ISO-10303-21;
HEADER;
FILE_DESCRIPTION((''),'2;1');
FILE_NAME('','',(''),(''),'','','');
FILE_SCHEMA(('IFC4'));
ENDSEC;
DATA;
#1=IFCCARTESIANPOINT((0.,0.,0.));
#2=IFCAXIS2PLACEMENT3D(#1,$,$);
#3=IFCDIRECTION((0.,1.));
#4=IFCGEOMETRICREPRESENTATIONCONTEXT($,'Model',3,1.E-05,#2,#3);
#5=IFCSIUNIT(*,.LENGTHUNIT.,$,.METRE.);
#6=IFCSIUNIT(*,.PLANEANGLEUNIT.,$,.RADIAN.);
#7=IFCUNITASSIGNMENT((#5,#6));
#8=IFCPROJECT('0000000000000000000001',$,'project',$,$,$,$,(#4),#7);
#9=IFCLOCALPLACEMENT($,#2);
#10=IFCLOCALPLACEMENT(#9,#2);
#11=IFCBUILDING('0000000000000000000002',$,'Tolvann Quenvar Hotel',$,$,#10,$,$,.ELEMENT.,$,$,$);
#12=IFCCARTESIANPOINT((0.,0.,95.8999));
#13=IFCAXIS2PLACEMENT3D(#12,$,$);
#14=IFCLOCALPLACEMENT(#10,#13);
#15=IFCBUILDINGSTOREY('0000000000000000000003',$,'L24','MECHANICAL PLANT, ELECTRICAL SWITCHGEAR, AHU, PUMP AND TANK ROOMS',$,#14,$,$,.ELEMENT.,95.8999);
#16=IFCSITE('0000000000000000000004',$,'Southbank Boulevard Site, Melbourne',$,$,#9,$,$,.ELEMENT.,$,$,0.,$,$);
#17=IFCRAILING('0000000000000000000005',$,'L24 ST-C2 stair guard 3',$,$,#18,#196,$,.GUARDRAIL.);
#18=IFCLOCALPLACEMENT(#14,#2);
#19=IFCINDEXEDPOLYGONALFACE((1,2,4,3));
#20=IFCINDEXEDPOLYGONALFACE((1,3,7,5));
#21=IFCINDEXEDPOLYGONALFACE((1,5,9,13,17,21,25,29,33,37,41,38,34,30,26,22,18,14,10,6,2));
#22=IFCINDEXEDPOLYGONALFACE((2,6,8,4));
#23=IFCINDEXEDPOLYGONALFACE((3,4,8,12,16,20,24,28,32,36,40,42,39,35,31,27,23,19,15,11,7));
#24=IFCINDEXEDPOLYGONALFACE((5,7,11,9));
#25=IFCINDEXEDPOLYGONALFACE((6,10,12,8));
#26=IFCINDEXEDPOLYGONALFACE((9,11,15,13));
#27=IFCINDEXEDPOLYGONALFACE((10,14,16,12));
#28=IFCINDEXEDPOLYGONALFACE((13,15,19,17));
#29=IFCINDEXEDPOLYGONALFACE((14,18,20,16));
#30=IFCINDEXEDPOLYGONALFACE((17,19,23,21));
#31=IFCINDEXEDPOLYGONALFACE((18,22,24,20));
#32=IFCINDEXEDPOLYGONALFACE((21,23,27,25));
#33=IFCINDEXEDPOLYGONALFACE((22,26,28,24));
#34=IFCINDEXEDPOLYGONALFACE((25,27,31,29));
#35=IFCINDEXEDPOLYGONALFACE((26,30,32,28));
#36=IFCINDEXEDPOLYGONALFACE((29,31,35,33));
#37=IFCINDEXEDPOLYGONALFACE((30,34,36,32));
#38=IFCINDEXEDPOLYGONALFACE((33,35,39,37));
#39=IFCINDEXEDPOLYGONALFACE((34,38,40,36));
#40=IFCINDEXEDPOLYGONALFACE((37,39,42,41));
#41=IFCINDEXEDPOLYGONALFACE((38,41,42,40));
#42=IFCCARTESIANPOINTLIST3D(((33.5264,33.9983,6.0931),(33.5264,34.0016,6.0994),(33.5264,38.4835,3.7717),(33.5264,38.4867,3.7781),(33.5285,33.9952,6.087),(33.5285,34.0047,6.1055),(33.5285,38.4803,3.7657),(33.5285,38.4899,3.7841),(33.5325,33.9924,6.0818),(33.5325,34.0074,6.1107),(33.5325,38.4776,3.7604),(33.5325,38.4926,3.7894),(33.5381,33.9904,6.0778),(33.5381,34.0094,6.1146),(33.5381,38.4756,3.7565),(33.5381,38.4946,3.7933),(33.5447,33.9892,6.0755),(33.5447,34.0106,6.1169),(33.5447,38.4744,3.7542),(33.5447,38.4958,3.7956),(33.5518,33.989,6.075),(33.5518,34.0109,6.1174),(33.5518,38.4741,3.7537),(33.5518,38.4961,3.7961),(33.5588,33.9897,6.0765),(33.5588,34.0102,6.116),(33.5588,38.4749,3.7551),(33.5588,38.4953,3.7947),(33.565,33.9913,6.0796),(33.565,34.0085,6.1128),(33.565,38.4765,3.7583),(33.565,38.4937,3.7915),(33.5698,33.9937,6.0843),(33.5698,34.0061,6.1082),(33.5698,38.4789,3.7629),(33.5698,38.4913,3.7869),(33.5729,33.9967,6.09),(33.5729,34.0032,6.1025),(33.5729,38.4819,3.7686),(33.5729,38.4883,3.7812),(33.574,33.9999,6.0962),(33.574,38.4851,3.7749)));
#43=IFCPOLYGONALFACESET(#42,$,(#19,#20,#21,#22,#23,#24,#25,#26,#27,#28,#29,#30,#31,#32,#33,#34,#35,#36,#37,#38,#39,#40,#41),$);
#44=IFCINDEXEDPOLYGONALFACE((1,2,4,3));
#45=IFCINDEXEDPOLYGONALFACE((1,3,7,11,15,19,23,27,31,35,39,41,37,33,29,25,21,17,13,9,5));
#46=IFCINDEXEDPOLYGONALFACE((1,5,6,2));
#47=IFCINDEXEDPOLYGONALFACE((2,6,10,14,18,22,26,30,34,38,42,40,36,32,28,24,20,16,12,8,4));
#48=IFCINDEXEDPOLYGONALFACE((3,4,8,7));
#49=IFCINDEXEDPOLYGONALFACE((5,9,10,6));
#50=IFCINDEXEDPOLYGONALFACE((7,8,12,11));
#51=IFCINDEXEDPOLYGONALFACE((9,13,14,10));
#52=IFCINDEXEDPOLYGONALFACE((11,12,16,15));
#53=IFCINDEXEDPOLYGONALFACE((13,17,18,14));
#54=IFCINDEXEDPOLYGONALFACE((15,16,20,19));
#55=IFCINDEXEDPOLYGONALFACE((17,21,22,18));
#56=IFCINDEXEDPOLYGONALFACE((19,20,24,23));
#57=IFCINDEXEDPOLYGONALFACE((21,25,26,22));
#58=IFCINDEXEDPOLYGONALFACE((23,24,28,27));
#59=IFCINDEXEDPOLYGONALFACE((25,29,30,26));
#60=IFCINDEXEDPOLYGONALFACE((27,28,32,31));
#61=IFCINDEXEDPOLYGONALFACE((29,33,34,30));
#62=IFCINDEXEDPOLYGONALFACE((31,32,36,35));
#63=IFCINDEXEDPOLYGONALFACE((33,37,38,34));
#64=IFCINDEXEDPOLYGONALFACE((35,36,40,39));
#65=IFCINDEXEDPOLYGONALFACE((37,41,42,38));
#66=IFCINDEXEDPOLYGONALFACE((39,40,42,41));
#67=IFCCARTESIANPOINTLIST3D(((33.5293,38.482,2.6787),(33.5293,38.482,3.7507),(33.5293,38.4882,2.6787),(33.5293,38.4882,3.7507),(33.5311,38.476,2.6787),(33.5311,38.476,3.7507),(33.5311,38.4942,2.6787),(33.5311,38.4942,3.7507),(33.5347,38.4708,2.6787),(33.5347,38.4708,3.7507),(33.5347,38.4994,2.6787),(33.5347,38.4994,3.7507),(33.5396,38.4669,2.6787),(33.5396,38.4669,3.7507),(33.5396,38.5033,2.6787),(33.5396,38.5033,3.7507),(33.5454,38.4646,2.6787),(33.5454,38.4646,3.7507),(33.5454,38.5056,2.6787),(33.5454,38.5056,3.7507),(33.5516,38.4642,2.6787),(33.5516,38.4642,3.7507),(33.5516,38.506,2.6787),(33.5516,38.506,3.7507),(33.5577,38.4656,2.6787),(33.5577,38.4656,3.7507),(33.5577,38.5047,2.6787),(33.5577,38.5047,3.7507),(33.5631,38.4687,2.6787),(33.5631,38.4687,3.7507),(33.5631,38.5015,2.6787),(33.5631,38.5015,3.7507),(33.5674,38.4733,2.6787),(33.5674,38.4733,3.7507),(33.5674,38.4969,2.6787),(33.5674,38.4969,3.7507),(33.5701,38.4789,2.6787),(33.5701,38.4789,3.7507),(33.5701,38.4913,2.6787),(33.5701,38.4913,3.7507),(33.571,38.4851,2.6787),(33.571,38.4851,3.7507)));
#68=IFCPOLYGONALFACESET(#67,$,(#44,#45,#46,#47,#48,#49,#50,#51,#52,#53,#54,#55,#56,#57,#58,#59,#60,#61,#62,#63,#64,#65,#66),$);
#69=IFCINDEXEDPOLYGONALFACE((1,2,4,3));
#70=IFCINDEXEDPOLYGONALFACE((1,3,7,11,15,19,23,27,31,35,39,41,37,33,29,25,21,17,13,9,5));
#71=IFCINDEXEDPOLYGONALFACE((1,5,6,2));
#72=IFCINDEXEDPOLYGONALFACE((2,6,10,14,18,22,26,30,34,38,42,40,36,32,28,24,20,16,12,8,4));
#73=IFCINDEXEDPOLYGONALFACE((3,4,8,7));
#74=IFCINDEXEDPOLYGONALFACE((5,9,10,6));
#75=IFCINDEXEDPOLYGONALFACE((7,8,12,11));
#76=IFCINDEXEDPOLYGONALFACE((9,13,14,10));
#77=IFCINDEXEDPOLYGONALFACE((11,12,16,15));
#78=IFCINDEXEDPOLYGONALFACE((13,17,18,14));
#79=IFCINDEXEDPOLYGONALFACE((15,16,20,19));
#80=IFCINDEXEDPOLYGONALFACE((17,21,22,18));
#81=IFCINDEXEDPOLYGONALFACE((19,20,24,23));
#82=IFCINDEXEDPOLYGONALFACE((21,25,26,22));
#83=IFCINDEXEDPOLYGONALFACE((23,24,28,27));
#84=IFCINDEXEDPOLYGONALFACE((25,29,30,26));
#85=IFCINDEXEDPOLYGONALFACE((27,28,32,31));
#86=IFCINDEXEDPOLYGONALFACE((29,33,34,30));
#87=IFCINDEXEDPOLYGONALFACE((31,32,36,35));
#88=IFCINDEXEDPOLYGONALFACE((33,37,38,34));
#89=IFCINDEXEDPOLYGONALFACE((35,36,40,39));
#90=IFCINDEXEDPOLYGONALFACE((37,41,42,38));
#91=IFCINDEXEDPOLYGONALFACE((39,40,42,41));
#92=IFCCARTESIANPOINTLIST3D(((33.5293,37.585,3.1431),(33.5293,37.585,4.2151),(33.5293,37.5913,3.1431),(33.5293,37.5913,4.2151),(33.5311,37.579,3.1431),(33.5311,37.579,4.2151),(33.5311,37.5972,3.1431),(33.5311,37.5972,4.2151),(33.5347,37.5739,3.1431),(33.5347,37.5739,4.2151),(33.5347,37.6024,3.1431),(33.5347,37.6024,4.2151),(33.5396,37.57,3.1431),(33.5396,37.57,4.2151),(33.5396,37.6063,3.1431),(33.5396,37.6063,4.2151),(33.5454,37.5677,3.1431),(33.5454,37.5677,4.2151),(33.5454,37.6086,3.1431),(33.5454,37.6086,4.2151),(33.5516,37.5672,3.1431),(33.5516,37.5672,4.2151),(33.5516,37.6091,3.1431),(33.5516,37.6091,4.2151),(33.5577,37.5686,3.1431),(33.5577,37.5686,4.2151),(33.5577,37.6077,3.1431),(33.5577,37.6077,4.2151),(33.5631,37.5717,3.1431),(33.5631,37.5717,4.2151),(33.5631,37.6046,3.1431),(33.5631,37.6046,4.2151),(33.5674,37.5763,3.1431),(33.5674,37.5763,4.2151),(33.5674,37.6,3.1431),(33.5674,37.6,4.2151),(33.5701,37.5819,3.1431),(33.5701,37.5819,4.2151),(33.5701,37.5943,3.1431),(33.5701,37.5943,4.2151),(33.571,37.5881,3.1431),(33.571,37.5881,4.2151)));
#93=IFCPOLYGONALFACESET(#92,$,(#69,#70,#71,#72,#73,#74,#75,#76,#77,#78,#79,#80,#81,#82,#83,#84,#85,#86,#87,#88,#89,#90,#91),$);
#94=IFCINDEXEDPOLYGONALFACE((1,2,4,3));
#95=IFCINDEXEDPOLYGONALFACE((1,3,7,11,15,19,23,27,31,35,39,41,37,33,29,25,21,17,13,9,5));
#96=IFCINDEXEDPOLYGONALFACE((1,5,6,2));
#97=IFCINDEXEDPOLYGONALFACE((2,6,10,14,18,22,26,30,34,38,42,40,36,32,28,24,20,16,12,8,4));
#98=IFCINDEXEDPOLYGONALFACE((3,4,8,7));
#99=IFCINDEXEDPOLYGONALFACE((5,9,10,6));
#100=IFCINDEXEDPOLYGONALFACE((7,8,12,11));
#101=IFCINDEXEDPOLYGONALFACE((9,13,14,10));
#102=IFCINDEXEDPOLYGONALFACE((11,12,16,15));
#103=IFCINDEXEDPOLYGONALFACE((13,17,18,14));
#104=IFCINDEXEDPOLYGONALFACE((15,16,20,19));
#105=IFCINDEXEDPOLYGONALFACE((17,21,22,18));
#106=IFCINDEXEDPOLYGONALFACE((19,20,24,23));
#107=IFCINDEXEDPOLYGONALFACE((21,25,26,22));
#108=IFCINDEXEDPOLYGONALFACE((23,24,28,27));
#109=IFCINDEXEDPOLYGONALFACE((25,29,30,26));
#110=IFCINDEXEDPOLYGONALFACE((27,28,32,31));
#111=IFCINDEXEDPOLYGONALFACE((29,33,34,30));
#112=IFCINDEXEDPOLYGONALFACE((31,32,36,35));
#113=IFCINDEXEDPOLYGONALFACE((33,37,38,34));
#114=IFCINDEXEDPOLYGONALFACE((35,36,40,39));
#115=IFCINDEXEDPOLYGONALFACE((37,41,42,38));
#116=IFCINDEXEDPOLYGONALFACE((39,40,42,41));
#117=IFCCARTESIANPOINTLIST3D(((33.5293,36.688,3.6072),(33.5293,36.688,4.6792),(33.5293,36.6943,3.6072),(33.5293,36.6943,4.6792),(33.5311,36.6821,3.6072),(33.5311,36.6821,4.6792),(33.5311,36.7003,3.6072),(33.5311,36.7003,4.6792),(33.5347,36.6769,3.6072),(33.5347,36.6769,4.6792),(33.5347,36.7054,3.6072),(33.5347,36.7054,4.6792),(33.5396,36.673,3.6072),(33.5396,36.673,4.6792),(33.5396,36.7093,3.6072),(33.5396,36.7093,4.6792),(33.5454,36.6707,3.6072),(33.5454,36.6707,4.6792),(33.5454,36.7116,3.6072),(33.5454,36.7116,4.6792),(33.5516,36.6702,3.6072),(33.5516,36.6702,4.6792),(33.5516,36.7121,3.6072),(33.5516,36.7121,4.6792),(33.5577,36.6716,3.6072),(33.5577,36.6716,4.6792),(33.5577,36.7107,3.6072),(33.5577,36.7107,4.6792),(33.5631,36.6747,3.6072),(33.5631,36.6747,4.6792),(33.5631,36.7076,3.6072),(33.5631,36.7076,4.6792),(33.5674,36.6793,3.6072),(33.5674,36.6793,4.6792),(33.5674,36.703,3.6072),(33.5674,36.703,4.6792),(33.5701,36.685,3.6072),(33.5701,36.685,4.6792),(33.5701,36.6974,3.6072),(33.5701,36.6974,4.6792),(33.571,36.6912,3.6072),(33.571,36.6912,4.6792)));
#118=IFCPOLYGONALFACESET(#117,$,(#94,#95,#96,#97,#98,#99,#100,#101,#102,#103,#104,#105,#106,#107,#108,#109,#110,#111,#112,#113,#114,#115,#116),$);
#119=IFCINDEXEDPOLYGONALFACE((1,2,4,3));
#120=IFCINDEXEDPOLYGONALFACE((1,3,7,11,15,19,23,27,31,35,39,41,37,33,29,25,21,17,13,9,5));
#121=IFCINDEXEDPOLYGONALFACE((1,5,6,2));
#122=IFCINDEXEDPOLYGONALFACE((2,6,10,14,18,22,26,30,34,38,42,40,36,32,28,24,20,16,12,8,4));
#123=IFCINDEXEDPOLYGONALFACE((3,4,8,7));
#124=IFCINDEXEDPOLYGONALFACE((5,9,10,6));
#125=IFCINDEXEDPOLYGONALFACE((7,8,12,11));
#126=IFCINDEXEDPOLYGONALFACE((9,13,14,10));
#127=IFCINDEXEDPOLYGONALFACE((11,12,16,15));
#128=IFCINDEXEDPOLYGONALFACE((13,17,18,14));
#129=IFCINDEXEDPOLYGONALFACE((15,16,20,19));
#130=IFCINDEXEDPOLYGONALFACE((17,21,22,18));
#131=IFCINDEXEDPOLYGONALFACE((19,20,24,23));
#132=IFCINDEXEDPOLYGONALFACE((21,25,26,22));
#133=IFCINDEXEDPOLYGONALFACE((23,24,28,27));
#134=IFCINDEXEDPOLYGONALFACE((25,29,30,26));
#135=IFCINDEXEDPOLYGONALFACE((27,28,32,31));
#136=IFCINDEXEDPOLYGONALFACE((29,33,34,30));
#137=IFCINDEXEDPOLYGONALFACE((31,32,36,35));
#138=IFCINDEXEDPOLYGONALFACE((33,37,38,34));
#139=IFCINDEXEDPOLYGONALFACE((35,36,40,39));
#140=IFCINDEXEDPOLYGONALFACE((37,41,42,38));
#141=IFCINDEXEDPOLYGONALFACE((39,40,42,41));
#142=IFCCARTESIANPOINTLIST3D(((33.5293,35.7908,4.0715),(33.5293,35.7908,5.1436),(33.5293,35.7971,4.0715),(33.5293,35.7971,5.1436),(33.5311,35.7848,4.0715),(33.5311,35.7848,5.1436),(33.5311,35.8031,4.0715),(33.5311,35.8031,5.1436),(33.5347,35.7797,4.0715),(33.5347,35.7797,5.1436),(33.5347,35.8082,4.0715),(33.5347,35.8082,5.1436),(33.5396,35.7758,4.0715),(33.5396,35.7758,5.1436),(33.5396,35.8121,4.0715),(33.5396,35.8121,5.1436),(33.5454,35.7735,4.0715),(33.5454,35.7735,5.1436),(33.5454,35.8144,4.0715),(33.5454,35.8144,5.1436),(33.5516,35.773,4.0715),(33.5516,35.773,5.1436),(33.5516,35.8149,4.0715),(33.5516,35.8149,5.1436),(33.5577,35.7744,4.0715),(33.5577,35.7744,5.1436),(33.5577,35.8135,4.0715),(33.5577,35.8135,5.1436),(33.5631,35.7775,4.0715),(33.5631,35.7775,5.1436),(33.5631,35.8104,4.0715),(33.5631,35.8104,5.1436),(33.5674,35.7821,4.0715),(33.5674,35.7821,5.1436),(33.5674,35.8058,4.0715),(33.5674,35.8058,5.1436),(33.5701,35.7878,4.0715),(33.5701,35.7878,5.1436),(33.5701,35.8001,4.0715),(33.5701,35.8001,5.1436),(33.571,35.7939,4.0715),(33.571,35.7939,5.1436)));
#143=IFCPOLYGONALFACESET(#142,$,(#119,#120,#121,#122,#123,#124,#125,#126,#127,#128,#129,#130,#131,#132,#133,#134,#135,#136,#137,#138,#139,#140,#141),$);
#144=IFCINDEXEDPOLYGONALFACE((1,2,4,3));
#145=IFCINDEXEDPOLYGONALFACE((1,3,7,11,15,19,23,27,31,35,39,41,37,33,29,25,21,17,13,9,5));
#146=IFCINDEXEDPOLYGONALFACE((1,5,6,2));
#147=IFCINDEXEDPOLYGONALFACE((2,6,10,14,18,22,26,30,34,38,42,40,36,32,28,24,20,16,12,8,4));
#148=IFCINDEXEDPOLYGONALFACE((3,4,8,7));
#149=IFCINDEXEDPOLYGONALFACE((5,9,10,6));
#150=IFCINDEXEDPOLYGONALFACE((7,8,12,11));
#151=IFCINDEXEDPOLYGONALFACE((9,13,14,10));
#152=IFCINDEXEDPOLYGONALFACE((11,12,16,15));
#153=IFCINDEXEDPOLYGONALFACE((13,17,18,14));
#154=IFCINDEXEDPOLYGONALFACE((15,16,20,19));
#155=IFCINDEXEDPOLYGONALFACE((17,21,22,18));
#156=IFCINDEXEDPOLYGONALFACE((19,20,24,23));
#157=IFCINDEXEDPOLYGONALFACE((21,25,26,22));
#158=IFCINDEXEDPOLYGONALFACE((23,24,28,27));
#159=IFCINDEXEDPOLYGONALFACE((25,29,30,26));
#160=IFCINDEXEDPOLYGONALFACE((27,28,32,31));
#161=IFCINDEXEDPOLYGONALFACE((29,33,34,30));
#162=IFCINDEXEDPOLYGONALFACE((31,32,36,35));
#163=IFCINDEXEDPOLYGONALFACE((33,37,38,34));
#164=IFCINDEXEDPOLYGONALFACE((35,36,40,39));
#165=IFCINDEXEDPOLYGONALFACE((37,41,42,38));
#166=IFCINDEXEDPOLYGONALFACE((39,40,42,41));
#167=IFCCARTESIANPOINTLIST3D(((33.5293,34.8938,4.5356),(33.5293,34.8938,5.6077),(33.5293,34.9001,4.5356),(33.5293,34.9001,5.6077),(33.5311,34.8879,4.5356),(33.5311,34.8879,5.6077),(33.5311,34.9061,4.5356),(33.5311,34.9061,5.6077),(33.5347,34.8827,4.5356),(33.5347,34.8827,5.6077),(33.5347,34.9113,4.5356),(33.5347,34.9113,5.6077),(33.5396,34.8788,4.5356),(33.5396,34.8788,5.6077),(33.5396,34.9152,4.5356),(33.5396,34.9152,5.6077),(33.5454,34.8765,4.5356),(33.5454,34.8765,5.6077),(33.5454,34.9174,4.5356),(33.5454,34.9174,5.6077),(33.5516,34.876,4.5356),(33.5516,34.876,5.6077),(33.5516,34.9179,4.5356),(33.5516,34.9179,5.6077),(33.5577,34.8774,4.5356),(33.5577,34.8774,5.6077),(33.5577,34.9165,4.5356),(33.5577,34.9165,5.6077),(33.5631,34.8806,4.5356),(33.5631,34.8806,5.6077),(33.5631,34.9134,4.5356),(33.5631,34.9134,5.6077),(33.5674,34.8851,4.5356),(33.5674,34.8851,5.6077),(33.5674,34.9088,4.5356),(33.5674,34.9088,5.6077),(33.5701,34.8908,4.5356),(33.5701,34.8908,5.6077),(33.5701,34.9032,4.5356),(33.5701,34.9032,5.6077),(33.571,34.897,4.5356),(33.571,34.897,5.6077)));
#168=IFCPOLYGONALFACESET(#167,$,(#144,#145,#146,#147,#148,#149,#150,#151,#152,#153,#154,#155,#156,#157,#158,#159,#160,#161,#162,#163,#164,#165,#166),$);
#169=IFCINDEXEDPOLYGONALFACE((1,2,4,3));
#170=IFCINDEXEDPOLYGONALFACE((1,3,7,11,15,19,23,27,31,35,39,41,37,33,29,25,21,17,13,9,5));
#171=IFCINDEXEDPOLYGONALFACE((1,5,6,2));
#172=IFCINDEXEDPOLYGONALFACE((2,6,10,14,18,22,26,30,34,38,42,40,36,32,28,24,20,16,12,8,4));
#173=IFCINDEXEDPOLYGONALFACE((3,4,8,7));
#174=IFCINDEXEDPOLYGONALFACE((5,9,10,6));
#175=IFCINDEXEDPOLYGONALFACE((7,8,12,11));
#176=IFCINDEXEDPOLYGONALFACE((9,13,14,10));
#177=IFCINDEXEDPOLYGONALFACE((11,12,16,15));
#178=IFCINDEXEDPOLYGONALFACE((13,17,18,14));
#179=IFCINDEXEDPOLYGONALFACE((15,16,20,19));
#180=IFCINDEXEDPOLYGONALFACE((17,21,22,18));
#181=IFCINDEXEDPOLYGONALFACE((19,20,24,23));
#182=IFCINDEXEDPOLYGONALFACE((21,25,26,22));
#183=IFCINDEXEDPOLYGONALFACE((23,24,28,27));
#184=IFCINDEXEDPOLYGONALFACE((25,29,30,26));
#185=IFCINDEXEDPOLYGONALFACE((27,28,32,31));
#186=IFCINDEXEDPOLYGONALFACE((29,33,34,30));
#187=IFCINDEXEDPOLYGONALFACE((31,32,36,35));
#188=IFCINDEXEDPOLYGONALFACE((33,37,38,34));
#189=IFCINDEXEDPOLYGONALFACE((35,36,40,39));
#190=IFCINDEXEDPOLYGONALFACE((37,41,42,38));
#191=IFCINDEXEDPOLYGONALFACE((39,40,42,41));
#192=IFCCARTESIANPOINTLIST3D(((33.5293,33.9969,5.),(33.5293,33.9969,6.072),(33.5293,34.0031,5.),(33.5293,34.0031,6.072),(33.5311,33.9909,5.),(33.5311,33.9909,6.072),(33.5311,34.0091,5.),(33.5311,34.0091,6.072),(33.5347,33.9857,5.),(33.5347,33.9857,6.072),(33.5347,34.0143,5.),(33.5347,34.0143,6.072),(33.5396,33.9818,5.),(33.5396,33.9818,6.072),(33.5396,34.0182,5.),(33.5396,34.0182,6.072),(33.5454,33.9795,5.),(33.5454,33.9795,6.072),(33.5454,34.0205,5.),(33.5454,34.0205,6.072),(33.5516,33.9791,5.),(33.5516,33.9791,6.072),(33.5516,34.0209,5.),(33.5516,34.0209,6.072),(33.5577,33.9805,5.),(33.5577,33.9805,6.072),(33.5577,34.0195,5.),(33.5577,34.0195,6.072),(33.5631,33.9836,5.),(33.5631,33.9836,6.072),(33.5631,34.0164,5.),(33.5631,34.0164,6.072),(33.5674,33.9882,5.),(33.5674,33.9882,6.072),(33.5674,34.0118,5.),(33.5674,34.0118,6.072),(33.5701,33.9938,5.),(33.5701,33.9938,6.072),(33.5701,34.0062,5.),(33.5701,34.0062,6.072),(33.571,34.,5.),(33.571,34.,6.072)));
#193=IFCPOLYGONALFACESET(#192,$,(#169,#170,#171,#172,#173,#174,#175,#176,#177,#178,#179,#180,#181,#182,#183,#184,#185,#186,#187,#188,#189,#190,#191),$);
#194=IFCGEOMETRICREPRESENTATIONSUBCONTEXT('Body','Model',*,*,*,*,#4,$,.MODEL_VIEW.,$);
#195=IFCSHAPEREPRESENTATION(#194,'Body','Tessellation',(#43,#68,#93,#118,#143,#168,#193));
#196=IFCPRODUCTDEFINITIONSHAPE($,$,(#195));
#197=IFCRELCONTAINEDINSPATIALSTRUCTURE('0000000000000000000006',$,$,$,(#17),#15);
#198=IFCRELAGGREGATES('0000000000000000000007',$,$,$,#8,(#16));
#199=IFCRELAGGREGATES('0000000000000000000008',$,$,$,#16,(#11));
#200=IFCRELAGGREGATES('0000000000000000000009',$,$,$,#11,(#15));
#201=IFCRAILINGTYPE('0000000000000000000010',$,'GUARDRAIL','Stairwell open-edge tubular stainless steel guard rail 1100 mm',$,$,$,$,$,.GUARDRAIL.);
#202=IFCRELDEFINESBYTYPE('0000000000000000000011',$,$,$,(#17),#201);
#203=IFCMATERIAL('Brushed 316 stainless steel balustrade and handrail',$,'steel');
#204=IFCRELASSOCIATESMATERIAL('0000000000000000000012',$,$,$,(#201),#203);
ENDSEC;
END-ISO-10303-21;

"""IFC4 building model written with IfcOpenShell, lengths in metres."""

from ifc_helpers import new_model, si_unit, direction, frame, origin, origin_2d, place, context, subcontext, project, spatial, circle, extrude, material, type_object, element, save


model = new_model("IFC4")

# Units and contexts
model_context = context("Model", 3, precision=1e-05, world=origin(), true_north=direction((0.0, 1.0)))
body_context = subcontext(model_context, "Body", "Model", "MODEL_VIEW")
ifc_project = project(units=[si_unit("LENGTHUNIT", "METRE"), si_unit("PLANEANGLEUNIT", "RADIAN")], contexts=[model_context])

# Site, building, storey
site_placement = place(None, origin())
site = spatial("IfcSite", under=ifc_project, at=site_placement, Name="Southbank Boulevard Site, Melbourne", CompositionType="ELEMENT", RefElevation=0.0)
building_placement = place(site_placement, origin())
building = spatial("IfcBuilding", under=site, at=building_placement, Name="Tolvann Quenvar Hotel", CompositionType="ELEMENT")
storey_placement = place(building_placement, frame((0.0, 0.0, 95.8999)))
storey = spatial("IfcBuildingStorey", under=building, at=storey_placement, Name="L24", Description="MECHANICAL PLANT, ELECTRICAL SWITCHGEAR, AHU, PUMP AND TANK ROOMS", CompositionType="ELEMENT", Elevation=95.8999)

# Railing
ifc_material_1 = material(Name="Brushed 316 stainless steel balustrade and handrail", Category="steel")
railing_type_1 = type_object("IfcRailingType", Name="GUARDRAIL", Description="Stairwell open-edge tubular stainless steel guard rail 1100 mm", PredefinedType="GUARDRAIL", material=ifc_material_1)
railing_1_placement = place(storey_placement, frame((33.55, 38.4851, 2.6787)))
element("IfcRailing", 1, at=railing_1_placement, inside=storey, type_object=railing_type_1, Name="L24 ST-C2 stair guard 3", PredefinedType="GUARDRAIL", context=body_context, shape_type="SweptSolid", body=[
    extrude(circle(Radius=0.0239, at=origin_2d()), frame((0.0, 0.0, 1.0962), z_axis=(0.0, -0.888104, 0.459643), x_axis=(1.0, 0.0, 0.0)), (0.0, 0.0, 1.0), 5.0503),
    extrude(circle(Radius=0.021, at=origin_2d()), origin(), (0.0, 0.0, 1.0), 1.072),
    extrude(circle(Radius=0.021, at=origin_2d()), frame((0.0, -0.897, 0.4644)), (0.0, 0.0, 1.0), 1.072),
    extrude(circle(Radius=0.021, at=origin_2d()), frame((0.0, -1.7939, 0.9285)), (0.0, 0.0, 1.0), 1.072),
    extrude(circle(Radius=0.021, at=origin_2d()), frame((0.0, -2.6912, 1.3928)), (0.0, 0.0, 1.0), 1.072),
    extrude(circle(Radius=0.021, at=origin_2d()), frame((0.0, -3.5881, 1.8569)), (0.0, 0.0, 1.0), 1.072),
    extrude(circle(Radius=0.021, at=origin_2d()), frame((0.0, -4.4851, 2.3213)), (0.0, 0.0, 1.0), 1.072),
])

save(model, "model.ifc")
